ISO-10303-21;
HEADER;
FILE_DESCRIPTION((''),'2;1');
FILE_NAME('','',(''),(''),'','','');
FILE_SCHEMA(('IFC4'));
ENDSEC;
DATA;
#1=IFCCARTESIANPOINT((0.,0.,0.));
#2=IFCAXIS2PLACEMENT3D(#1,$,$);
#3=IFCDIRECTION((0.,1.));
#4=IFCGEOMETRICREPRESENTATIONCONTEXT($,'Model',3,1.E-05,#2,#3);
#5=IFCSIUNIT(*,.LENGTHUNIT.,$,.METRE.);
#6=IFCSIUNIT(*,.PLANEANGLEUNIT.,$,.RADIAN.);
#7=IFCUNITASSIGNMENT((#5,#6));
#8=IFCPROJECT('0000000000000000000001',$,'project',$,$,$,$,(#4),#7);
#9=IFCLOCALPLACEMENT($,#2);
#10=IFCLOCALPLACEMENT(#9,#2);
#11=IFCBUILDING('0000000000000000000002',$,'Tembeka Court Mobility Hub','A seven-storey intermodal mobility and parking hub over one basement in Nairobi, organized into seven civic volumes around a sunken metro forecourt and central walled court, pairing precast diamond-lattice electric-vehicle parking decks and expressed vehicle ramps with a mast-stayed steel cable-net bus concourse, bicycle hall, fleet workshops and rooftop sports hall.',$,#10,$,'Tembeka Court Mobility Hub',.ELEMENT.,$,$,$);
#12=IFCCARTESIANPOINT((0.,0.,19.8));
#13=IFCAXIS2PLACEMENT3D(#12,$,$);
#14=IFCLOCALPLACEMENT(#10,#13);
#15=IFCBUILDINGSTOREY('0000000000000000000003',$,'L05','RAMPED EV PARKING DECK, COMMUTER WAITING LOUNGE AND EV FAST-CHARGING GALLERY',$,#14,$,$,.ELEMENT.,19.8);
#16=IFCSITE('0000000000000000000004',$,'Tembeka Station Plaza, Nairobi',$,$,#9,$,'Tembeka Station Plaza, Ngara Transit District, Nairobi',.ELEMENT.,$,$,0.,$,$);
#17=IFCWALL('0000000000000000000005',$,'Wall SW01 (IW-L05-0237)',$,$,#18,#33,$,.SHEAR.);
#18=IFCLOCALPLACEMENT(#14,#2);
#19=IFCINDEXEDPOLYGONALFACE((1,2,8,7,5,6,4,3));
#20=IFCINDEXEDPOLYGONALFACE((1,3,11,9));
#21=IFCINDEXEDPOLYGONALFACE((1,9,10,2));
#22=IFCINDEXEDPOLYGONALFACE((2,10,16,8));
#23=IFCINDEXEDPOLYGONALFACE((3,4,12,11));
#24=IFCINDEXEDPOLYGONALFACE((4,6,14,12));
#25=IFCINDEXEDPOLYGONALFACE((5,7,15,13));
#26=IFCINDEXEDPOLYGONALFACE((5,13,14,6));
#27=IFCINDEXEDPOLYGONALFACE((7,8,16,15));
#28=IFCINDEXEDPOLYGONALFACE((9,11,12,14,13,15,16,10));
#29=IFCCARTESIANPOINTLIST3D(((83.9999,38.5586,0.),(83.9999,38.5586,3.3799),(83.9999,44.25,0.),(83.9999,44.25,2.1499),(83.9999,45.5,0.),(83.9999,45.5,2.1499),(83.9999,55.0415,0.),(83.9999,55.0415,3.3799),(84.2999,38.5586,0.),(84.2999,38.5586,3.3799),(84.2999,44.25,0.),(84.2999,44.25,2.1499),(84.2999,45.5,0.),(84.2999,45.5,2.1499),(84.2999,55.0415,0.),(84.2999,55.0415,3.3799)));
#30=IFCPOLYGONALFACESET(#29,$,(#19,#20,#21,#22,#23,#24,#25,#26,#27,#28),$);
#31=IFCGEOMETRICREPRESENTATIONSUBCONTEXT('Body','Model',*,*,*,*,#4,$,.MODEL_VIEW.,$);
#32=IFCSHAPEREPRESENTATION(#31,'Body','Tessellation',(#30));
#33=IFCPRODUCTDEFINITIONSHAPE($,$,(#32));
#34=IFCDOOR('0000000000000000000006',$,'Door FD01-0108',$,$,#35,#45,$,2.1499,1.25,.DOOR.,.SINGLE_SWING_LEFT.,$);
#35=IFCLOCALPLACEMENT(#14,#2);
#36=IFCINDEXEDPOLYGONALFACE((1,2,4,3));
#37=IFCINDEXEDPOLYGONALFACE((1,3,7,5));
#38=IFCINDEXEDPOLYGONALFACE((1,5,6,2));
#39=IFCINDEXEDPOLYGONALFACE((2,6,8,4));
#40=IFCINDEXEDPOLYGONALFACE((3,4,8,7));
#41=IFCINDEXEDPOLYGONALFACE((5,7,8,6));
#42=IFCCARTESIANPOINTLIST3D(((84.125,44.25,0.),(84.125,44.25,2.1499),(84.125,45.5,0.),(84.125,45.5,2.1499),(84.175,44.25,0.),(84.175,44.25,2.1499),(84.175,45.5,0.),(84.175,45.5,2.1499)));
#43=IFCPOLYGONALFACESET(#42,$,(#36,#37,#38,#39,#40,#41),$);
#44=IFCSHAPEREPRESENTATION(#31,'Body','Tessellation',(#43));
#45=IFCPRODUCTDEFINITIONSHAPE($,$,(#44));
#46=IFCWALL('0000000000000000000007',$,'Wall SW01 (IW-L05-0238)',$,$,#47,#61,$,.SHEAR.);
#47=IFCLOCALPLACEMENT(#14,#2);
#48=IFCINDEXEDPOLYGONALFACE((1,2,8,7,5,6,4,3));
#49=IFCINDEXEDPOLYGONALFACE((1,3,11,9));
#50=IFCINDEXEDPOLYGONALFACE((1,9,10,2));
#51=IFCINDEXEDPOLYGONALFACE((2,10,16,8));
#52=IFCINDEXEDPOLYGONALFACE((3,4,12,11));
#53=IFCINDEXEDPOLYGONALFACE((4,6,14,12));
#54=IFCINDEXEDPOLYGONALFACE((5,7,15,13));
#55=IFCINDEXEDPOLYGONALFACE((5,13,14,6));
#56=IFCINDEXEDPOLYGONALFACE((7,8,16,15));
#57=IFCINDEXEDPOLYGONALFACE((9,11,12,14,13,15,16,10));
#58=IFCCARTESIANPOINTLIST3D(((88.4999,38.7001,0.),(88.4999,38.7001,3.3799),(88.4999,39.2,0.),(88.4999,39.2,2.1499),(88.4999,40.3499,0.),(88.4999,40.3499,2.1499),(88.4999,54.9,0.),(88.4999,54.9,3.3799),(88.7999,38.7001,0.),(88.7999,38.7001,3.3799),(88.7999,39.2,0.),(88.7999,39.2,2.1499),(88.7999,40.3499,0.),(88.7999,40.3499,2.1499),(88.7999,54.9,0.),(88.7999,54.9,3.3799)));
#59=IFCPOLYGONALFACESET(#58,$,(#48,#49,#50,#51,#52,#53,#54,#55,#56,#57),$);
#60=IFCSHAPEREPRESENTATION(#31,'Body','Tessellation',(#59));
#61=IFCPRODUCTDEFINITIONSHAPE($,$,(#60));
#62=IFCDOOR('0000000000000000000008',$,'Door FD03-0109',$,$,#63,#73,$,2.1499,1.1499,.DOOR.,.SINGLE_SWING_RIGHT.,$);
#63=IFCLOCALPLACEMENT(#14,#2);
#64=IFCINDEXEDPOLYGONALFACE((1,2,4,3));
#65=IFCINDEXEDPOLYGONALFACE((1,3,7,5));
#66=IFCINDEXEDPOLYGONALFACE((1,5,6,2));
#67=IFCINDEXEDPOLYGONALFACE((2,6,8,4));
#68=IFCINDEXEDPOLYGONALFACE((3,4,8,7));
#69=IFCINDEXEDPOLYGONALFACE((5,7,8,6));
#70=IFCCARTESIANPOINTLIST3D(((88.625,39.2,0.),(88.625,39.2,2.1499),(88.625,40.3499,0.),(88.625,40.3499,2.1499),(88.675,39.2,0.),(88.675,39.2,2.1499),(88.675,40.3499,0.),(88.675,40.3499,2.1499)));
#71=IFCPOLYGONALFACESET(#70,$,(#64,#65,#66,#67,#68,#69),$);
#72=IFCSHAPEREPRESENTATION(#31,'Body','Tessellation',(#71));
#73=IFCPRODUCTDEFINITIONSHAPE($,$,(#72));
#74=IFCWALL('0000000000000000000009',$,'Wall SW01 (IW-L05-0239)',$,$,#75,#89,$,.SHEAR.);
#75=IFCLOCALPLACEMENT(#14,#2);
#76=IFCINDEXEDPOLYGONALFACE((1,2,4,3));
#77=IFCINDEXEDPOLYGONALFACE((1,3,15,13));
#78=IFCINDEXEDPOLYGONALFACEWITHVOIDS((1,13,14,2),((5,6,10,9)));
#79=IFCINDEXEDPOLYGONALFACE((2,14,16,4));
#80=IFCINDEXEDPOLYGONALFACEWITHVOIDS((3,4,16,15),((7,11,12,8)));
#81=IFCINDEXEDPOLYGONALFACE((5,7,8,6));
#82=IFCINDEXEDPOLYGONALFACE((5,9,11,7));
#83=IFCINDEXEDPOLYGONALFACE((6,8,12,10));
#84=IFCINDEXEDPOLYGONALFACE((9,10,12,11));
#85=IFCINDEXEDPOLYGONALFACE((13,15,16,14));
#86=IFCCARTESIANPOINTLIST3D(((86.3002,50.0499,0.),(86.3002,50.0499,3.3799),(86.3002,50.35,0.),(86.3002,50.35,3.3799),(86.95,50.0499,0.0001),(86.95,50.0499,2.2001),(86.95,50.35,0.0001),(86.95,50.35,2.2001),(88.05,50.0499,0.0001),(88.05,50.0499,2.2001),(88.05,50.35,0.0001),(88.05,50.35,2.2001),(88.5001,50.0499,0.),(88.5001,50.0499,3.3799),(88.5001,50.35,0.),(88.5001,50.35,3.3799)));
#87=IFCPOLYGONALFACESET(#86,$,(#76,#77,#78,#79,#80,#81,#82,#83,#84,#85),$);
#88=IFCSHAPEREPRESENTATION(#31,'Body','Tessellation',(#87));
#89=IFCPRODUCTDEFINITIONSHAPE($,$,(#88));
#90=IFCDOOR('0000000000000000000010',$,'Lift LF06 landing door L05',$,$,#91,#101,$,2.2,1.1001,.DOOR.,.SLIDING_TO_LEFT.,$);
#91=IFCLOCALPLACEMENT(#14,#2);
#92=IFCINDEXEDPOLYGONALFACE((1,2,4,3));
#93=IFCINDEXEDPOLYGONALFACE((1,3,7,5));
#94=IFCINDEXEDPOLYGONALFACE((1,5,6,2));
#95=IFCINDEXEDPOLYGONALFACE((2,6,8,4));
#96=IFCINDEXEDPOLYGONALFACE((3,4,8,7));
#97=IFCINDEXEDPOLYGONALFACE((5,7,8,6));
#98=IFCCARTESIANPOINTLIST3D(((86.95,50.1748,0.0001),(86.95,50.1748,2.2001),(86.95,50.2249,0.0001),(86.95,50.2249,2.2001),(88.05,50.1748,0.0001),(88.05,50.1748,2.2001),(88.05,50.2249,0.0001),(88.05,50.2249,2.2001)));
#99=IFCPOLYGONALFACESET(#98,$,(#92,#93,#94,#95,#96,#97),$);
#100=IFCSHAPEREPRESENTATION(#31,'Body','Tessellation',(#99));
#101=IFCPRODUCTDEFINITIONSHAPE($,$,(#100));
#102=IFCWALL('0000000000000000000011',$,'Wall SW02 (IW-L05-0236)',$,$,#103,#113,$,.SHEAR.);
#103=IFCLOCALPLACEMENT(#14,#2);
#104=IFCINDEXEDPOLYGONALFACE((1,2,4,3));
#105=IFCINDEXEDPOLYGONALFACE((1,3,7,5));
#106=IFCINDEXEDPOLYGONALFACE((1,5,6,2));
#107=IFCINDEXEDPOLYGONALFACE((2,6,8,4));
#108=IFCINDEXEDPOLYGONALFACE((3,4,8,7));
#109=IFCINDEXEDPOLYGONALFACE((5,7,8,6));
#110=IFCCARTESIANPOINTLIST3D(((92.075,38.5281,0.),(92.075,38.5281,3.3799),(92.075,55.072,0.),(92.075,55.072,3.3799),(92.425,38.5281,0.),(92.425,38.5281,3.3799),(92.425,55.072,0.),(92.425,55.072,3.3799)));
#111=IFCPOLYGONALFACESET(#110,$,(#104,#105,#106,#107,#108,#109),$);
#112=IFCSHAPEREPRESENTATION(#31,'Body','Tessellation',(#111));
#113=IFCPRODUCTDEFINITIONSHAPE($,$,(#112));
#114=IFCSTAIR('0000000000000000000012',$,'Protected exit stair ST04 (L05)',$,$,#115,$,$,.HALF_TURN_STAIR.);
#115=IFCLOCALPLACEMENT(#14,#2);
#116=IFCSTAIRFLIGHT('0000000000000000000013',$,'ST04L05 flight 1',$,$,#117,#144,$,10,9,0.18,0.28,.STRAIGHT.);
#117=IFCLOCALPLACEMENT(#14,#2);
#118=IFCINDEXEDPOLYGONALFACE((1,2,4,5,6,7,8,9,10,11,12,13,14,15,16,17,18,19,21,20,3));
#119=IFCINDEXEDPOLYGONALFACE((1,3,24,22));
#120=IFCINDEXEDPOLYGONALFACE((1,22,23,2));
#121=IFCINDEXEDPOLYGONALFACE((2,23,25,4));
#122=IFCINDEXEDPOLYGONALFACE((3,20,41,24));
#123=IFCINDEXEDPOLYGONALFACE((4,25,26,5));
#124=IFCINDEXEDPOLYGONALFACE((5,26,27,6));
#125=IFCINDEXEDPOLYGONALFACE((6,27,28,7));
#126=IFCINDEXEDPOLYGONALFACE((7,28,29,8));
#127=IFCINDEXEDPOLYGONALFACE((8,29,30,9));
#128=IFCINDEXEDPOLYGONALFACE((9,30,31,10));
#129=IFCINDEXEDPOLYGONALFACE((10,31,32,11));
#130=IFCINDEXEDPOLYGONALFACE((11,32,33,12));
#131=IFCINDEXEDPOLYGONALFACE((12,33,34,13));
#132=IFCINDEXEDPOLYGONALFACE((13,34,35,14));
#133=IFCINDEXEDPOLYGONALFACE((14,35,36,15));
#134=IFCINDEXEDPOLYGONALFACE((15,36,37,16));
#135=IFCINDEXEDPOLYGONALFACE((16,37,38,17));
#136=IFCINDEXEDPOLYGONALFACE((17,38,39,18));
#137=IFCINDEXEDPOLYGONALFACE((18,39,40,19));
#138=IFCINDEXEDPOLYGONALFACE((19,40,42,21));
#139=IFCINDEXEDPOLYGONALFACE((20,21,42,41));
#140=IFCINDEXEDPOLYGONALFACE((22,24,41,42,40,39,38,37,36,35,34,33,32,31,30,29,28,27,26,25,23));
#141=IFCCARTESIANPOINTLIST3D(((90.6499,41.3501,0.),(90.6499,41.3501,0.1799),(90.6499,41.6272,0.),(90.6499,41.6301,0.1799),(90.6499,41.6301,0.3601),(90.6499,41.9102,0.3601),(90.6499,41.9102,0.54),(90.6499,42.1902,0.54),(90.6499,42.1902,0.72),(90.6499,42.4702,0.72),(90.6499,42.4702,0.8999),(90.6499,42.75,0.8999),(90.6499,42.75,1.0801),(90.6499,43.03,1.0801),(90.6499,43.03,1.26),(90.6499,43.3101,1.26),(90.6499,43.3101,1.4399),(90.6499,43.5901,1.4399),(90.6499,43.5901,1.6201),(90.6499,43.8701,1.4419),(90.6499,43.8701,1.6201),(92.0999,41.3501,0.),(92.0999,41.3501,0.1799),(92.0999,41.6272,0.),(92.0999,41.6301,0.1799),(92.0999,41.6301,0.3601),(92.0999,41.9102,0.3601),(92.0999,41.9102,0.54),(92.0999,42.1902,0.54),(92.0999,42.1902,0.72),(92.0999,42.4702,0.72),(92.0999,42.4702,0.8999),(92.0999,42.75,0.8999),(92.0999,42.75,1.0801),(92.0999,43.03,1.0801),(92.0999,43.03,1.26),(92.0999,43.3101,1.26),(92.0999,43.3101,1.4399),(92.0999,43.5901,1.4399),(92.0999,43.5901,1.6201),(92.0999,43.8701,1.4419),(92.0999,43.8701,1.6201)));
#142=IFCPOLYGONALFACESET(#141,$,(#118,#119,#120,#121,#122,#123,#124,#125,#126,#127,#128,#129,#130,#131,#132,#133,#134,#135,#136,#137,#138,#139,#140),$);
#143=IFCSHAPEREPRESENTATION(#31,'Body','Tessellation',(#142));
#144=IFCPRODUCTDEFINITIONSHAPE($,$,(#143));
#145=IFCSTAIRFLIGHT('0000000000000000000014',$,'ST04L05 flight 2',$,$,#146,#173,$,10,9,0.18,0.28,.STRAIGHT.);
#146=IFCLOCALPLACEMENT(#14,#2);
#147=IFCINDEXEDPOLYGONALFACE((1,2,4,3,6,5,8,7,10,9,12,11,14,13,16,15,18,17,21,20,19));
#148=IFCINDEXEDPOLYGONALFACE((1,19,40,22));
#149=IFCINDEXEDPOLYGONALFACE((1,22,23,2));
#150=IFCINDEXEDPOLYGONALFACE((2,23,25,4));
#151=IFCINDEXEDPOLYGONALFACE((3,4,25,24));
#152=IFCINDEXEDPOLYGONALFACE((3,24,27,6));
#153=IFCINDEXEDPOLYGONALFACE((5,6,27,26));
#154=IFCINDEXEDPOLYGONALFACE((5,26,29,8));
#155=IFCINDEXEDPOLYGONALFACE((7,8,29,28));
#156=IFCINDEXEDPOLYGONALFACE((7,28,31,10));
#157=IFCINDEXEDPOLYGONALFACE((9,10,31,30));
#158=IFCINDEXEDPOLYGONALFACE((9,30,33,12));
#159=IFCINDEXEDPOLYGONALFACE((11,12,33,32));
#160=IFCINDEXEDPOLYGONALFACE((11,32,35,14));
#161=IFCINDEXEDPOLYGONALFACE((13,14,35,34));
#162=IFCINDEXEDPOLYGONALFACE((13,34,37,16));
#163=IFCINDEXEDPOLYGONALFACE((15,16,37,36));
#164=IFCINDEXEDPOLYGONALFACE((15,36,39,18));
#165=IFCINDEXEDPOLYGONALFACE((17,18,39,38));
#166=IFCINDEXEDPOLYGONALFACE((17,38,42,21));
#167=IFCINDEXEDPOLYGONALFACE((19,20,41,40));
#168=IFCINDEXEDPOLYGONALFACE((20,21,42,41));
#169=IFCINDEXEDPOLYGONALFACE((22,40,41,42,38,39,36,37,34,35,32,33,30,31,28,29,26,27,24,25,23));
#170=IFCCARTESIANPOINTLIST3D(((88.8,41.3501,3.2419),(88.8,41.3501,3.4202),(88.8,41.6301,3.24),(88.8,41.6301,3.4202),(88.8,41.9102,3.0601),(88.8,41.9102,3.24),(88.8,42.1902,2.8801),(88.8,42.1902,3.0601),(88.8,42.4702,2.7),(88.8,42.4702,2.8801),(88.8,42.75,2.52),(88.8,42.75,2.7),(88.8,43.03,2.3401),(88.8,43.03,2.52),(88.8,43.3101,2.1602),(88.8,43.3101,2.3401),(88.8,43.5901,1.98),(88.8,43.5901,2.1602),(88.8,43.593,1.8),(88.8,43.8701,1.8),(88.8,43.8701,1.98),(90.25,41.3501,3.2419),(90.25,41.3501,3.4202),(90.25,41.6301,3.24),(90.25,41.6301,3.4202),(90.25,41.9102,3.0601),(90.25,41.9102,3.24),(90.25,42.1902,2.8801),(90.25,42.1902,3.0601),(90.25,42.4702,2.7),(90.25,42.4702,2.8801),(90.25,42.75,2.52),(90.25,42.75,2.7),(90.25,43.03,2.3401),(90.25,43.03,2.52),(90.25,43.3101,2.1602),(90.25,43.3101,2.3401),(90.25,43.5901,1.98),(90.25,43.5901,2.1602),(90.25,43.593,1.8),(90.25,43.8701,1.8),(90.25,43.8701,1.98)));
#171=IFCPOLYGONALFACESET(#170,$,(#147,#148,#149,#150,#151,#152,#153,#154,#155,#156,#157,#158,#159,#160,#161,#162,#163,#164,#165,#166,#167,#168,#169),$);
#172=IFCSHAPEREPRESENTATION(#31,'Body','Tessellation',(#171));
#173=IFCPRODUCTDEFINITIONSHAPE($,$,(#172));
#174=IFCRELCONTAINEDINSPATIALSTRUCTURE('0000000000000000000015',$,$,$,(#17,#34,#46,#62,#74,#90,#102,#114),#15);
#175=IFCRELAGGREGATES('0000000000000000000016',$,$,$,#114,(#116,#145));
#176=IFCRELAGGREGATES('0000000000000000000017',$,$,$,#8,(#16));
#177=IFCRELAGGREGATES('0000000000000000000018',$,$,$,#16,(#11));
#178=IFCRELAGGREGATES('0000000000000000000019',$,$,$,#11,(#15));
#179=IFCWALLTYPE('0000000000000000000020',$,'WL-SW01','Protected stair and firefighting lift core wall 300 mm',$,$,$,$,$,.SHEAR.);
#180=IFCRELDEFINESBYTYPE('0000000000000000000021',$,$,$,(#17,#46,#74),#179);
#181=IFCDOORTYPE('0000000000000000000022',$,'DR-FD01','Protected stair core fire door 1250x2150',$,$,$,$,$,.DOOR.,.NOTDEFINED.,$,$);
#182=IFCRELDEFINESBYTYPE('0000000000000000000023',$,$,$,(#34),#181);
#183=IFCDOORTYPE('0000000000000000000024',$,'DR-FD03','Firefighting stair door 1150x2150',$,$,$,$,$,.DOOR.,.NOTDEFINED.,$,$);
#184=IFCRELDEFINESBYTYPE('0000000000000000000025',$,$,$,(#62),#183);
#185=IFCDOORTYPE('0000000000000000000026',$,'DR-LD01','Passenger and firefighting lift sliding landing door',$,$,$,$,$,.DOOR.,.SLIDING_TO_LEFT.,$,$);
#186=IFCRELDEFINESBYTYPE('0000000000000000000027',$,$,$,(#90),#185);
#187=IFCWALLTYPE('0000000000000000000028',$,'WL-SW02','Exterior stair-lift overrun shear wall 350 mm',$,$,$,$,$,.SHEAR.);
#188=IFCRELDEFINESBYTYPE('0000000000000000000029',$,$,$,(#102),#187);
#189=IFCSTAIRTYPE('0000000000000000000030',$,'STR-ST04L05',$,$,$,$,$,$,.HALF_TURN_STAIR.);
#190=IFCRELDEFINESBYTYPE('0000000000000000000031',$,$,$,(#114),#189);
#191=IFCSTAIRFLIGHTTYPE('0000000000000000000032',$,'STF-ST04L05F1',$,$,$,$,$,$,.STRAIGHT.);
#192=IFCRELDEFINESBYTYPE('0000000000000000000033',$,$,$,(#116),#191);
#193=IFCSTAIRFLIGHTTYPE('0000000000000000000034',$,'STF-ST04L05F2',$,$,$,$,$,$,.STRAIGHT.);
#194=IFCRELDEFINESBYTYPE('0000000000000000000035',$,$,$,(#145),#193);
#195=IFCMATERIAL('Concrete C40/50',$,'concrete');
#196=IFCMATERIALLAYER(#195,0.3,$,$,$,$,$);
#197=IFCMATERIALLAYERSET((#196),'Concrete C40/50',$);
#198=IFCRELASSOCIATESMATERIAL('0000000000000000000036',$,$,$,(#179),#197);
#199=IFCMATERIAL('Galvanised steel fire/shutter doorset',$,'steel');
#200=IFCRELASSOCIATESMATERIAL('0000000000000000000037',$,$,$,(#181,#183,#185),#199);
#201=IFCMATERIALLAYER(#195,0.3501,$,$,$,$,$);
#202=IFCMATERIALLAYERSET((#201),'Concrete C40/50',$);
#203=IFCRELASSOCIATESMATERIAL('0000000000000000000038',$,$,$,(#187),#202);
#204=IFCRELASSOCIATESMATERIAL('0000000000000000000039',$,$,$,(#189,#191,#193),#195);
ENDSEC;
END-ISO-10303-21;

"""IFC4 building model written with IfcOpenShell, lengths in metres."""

from ifc_helpers import new_model, si_unit, direction, frame, frame_2d, origin, place, context, subcontext, project, spatial, polyline, rectangle, outline, extrude, material, layer, layer_set, type_object, element, fill, aggregate, save


model = new_model("IFC4")

# Units and contexts
model_context = context("Model", 3, precision=1e-05, world=origin(), true_north=direction((0.0, 1.0)))
body_context = subcontext(model_context, "Body", "Model", "MODEL_VIEW")
ifc_project = project(units=[si_unit("LENGTHUNIT", "METRE"), si_unit("PLANEANGLEUNIT", "RADIAN")], contexts=[model_context])

# Site, building, storey
site_placement = place(None, origin())
site = spatial("IfcSite", under=ifc_project, at=site_placement, Name="Tembeka Station Plaza, Nairobi", LongName="Tembeka Station Plaza, Ngara Transit District, Nairobi", CompositionType="ELEMENT", RefElevation=0.0)
building_placement = place(site_placement, origin())
building = spatial("IfcBuilding", under=site, at=building_placement, Name="Tembeka Court Mobility Hub", Description="A seven-storey intermodal mobility and parking hub over one basement in Nairobi, organized into seven civic volumes around a sunken metro forecourt and central walled court, pairing precast diamond-lattice electric-vehicle parking decks and expressed vehicle ramps with a mast-stayed steel cable-net bus concourse, bicycle hall, fleet workshops and rooftop sports hall.", LongName="Tembeka Court Mobility Hub", CompositionType="ELEMENT")
storey_placement = place(building_placement, frame((0.0, 0.0, 19.8)))
storey = spatial("IfcBuildingStorey", under=building, at=storey_placement, Name="L05", Description="RAMPED EV PARKING DECK, COMMUTER WAITING LOUNGE AND EV FAST-CHARGING GALLERY", CompositionType="ELEMENT", Elevation=19.8)

# Shared definitions
ifc_material_1 = material(Name="Concrete C40/50", Category="concrete")
ifc_layer_1 = layer(ifc_material_1, 0.3)
ifc_layer_set_1 = layer_set([ifc_layer_1], Name="Concrete C40/50")
wall_type_1 = type_object("IfcWallType", Name="WL-SW01", Description="Protected stair and firefighting lift core wall 300 mm", PredefinedType="SHEAR", material=ifc_layer_set_1)

# Walls, openings, doors
wall_1_placement = place(storey_placement, frame((84.1499, 38.5586, 0.0), z_axis=(0.0, 0.0, 1.0), x_axis=(0.0, 1.0, 0.0)))
wall_1 = element("IfcWall", 1, at=wall_1_placement, inside=storey, type_object=wall_type_1, Name="Wall SW01 (IW-L05-0237)", PredefinedType="SHEAR", context=body_context, shape_type="SweptSolid", body=[
    extrude(rectangle(XDim=16.4829, YDim=0.3, at=frame_2d((8.2415, 0.0))), origin(), (0.0, 0.0, 1.0), 3.3799),
])
opening_1_placement = place(wall_1_placement, frame((5.6914, 0.0, 0.0)))
opening_1 = element("IfcOpeningElement", 2, at=opening_1_placement, cuts=wall_1, PredefinedType="OPENING", context=body_context, shape_type="SweptSolid", body=[
    extrude(rectangle(XDim=1.25, YDim=2.1499, at=frame_2d((0.625, 1.075))), frame((0.0, 0.1602, 0.0), z_axis=(0.0, -1.0, 0.0), x_axis=(1.0, 0.0, 0.0)), (0.0, 0.0, 1.0), 0.3201),
])
ifc_material_2 = material(Name="Galvanised steel fire/shutter doorset", Category="steel")
door_type_1 = type_object("IfcDoorType", Name="DR-FD01", Description="Protected stair core fire door 1250x2150", OperationType="NOTDEFINED", PredefinedType="DOOR", material=ifc_material_2)
door_1_placement = place(opening_1_placement, origin())
door_1 = element("IfcDoor", 3, at=door_1_placement, inside=storey, type_object=door_type_1, Name="Door FD01-0108", OperationType="SINGLE_SWING_LEFT", OverallHeight=2.1499, OverallWidth=1.25, PredefinedType="DOOR", context=body_context, shape_type="SweptSolid", body=[
    extrude(rectangle(XDim=1.25, YDim=2.1499, at=frame_2d((0.625, 1.075))), frame((0.0, 0.0249, 0.0), z_axis=(0.0, -1.0, 0.0), x_axis=(1.0, 0.0, 0.0)), (0.0, 0.0, 1.0), 0.05),
])
fill(opening_1, door_1)
wall_2_placement = place(storey_placement, frame((88.6499, 38.7, 0.0), z_axis=(0.0, 0.0, 1.0), x_axis=(0.0, 1.0, 0.0)))
wall_2 = element("IfcWall", 4, at=wall_2_placement, inside=storey, type_object=wall_type_1, Name="Wall SW01 (IW-L05-0238)", PredefinedType="SHEAR", context=body_context, shape_type="SweptSolid", body=[
    extrude(rectangle(XDim=16.2, YDim=0.3, at=frame_2d((8.1001, 0.0))), origin(), (0.0, 0.0, 1.0), 3.3799),
])
opening_2_placement = place(wall_2_placement, frame((0.5, 0.0, 0.0)))
opening_2 = element("IfcOpeningElement", 5, at=opening_2_placement, cuts=wall_2, PredefinedType="OPENING", context=body_context, shape_type="SweptSolid", body=[
    extrude(rectangle(XDim=1.1499, YDim=2.1499, at=frame_2d((0.575, 1.075))), frame((0.0, 0.1602, 0.0), z_axis=(0.0, -1.0, 0.0), x_axis=(1.0, 0.0, 0.0)), (0.0, 0.0, 1.0), 0.3201),
])
door_type_2 = type_object("IfcDoorType", Name="DR-FD03", Description="Firefighting stair door 1150x2150", OperationType="NOTDEFINED", PredefinedType="DOOR", material=ifc_material_2)
door_2_placement = place(opening_2_placement, origin())
door_2 = element("IfcDoor", 6, at=door_2_placement, inside=storey, type_object=door_type_2, Name="Door FD03-0109", OperationType="SINGLE_SWING_RIGHT", OverallHeight=2.1499, OverallWidth=1.1499, PredefinedType="DOOR", context=body_context, shape_type="SweptSolid", body=[
    extrude(rectangle(XDim=1.1499, YDim=2.1499, at=frame_2d((0.575, 1.075))), frame((0.0, 0.0249, 0.0), z_axis=(0.0, -1.0, 0.0), x_axis=(1.0, 0.0, 0.0)), (0.0, 0.0, 1.0), 0.05),
])
fill(opening_2, door_2)
wall_3_placement = place(storey_placement, frame((86.3, 50.2, 0.0), z_axis=(0.0, 0.0, 1.0), x_axis=(1.0, 0.0, 0.0)))
wall_3 = element("IfcWall", 7, at=wall_3_placement, inside=storey, type_object=wall_type_1, Name="Wall SW01 (IW-L05-0239)", PredefinedType="SHEAR", context=body_context, shape_type="SweptSolid", body=[
    extrude(rectangle(XDim=2.2, YDim=0.3, at=frame_2d((1.1001, 0.0))), origin(), (0.0, 0.0, 1.0), 3.3799),
])
opening_3_placement = place(wall_3_placement, frame((0.6499, 0.0, 0.0)))
opening_3 = element("IfcOpeningElement", 8, at=opening_3_placement, cuts=wall_3, PredefinedType="OPENING", context=body_context, shape_type="SweptSolid", body=[
    extrude(rectangle(XDim=1.1001, YDim=2.2, at=frame_2d((0.55, 1.1001))), frame((0.0, 0.1602, 0.0), z_axis=(0.0, -1.0, 0.0), x_axis=(1.0, 0.0, 0.0)), (0.0, 0.0, 1.0), 0.3201),
])
door_type_3 = type_object("IfcDoorType", Name="DR-LD01", Description="Passenger and firefighting lift sliding landing door", OperationType="SLIDING_TO_LEFT", PredefinedType="DOOR", material=ifc_material_2)
door_3_placement = place(opening_3_placement, origin())
door_3 = element("IfcDoor", 9, at=door_3_placement, inside=storey, type_object=door_type_3, Name="Lift LF06 landing door L05", OperationType="SLIDING_TO_LEFT", OverallHeight=2.2, OverallWidth=1.1001, PredefinedType="DOOR", context=body_context, shape_type="SweptSolid", body=[
    extrude(rectangle(XDim=1.1001, YDim=2.2, at=frame_2d((0.55, 1.1001))), frame((0.0, 0.0249, 0.0), z_axis=(0.0, -1.0, 0.0), x_axis=(1.0, 0.0, 0.0)), (0.0, 0.0, 1.0), 0.05),
])
fill(opening_3, door_3)

# Wall
ifc_layer_2 = layer(ifc_material_1, 0.3501)
ifc_layer_set_2 = layer_set([ifc_layer_2], Name="Concrete C40/50")
wall_type_2 = type_object("IfcWallType", Name="WL-SW02", Description="Exterior stair-lift overrun shear wall 350 mm", PredefinedType="SHEAR", material=ifc_layer_set_2)
wall_4_placement = place(storey_placement, frame((92.25, 38.5281, 0.0), z_axis=(0.0, 0.0, 1.0), x_axis=(0.0, 1.0, 0.0)))
element("IfcWall", 10, at=wall_4_placement, inside=storey, type_object=wall_type_2, Name="Wall SW02 (IW-L05-0236)", PredefinedType="SHEAR", context=body_context, shape_type="SweptSolid", body=[
    extrude(rectangle(XDim=16.5439, YDim=0.3501, at=frame_2d((8.272, 0.0))), origin(), (0.0, 0.0, 1.0), 3.3799),
])

# Stair, stair flights
stair_type = type_object("IfcStairType", Name="STR-ST04L05", PredefinedType="HALF_TURN_STAIR", material=ifc_material_1)
stair_placement = place(storey_placement, origin())
stair = element("IfcStair", 11, at=stair_placement, inside=storey, type_object=stair_type, Name="Protected exit stair ST04 (L05)", PredefinedType="HALF_TURN_STAIR")
stair_flight_type_1 = type_object("IfcStairFlightType", Name="STF-ST04L05F1", PredefinedType="STRAIGHT", material=ifc_material_1)
stair_flight_1_placement = place(storey_placement, frame((91.375, 41.3501, 0.0), z_axis=(0.0, 0.0, 1.0), x_axis=(0.0, 1.0, 0.0)))
stair_flight_1 = element("IfcStairFlight", 12, at=stair_flight_1_placement, type_object=stair_flight_type_1, Name="ST04L05 flight 1", NumberOfRisers=10, NumberOfTreads=9, PredefinedType="STRAIGHT", RiserHeight=0.18, TreadLength=0.28, context=body_context, shape_type="SweptSolid", body=[
    extrude(outline(polyline([(0.0, 0.0), (0.0, 0.1799), (0.28, 0.1799), (0.28, 0.3601), (0.5601, 0.3601), (0.5601, 0.54), (0.8401, 0.54), (0.8401, 0.72), (1.1201, 0.72), (1.1201, 0.8999), (1.3999, 0.8999), (1.3999, 1.0801), (1.6799, 1.0801), (1.6799, 1.26), (1.96, 1.26), (1.96, 1.4399), (2.24, 1.4399), (2.24, 1.6201), (2.52, 1.6201), (2.52, 1.8), (2.52, 1.4419), (0.2771, 0.0), (0.0, 0.0)])), frame((0.0, 0.7251, 0.0), z_axis=(0.0, -1.0, 0.0), x_axis=(1.0, 0.0, 0.0)), (0.0, 0.0, 1.0), 1.45),
])
stair_flight_type_2 = type_object("IfcStairFlightType", Name="STF-ST04L05F2", PredefinedType="STRAIGHT", material=ifc_material_1)
stair_flight_2_placement = place(storey_placement, frame((89.5249, 43.8701, 1.8), z_axis=(0.0, 0.0, 1.0), x_axis=(0.0, -1.0, 0.0)))
stair_flight_2 = element("IfcStairFlight", 13, at=stair_flight_2_placement, type_object=stair_flight_type_2, Name="ST04L05 flight 2", NumberOfRisers=10, NumberOfTreads=9, PredefinedType="STRAIGHT", RiserHeight=0.18, TreadLength=0.28, context=body_context, shape_type="SweptSolid", body=[
    extrude(outline(polyline([(0.0, 0.0), (0.0, 0.1799), (0.28, 0.1799), (0.28, 0.3601), (0.5601, 0.3601), (0.5601, 0.54), (0.8401, 0.54), (0.8401, 0.72), (1.1201, 0.72), (1.1201, 0.8999), (1.3999, 0.8999), (1.3999, 1.0801), (1.6799, 1.0801), (1.6799, 1.26), (1.96, 1.26), (1.96, 1.4399), (2.24, 1.4399), (2.24, 1.6201), (2.52, 1.6201), (2.52, 1.8), (2.52, 1.4419), (0.2771, 0.0), (0.0, 0.0)])), frame((0.0, 0.7251, 0.0), z_axis=(0.0, -1.0, 0.0), x_axis=(1.0, 0.0, 0.0)), (0.0, 0.0, 1.0), 1.45),
])
aggregate(stair, [stair_flight_1, stair_flight_2])

save(model, "model.ifc")
